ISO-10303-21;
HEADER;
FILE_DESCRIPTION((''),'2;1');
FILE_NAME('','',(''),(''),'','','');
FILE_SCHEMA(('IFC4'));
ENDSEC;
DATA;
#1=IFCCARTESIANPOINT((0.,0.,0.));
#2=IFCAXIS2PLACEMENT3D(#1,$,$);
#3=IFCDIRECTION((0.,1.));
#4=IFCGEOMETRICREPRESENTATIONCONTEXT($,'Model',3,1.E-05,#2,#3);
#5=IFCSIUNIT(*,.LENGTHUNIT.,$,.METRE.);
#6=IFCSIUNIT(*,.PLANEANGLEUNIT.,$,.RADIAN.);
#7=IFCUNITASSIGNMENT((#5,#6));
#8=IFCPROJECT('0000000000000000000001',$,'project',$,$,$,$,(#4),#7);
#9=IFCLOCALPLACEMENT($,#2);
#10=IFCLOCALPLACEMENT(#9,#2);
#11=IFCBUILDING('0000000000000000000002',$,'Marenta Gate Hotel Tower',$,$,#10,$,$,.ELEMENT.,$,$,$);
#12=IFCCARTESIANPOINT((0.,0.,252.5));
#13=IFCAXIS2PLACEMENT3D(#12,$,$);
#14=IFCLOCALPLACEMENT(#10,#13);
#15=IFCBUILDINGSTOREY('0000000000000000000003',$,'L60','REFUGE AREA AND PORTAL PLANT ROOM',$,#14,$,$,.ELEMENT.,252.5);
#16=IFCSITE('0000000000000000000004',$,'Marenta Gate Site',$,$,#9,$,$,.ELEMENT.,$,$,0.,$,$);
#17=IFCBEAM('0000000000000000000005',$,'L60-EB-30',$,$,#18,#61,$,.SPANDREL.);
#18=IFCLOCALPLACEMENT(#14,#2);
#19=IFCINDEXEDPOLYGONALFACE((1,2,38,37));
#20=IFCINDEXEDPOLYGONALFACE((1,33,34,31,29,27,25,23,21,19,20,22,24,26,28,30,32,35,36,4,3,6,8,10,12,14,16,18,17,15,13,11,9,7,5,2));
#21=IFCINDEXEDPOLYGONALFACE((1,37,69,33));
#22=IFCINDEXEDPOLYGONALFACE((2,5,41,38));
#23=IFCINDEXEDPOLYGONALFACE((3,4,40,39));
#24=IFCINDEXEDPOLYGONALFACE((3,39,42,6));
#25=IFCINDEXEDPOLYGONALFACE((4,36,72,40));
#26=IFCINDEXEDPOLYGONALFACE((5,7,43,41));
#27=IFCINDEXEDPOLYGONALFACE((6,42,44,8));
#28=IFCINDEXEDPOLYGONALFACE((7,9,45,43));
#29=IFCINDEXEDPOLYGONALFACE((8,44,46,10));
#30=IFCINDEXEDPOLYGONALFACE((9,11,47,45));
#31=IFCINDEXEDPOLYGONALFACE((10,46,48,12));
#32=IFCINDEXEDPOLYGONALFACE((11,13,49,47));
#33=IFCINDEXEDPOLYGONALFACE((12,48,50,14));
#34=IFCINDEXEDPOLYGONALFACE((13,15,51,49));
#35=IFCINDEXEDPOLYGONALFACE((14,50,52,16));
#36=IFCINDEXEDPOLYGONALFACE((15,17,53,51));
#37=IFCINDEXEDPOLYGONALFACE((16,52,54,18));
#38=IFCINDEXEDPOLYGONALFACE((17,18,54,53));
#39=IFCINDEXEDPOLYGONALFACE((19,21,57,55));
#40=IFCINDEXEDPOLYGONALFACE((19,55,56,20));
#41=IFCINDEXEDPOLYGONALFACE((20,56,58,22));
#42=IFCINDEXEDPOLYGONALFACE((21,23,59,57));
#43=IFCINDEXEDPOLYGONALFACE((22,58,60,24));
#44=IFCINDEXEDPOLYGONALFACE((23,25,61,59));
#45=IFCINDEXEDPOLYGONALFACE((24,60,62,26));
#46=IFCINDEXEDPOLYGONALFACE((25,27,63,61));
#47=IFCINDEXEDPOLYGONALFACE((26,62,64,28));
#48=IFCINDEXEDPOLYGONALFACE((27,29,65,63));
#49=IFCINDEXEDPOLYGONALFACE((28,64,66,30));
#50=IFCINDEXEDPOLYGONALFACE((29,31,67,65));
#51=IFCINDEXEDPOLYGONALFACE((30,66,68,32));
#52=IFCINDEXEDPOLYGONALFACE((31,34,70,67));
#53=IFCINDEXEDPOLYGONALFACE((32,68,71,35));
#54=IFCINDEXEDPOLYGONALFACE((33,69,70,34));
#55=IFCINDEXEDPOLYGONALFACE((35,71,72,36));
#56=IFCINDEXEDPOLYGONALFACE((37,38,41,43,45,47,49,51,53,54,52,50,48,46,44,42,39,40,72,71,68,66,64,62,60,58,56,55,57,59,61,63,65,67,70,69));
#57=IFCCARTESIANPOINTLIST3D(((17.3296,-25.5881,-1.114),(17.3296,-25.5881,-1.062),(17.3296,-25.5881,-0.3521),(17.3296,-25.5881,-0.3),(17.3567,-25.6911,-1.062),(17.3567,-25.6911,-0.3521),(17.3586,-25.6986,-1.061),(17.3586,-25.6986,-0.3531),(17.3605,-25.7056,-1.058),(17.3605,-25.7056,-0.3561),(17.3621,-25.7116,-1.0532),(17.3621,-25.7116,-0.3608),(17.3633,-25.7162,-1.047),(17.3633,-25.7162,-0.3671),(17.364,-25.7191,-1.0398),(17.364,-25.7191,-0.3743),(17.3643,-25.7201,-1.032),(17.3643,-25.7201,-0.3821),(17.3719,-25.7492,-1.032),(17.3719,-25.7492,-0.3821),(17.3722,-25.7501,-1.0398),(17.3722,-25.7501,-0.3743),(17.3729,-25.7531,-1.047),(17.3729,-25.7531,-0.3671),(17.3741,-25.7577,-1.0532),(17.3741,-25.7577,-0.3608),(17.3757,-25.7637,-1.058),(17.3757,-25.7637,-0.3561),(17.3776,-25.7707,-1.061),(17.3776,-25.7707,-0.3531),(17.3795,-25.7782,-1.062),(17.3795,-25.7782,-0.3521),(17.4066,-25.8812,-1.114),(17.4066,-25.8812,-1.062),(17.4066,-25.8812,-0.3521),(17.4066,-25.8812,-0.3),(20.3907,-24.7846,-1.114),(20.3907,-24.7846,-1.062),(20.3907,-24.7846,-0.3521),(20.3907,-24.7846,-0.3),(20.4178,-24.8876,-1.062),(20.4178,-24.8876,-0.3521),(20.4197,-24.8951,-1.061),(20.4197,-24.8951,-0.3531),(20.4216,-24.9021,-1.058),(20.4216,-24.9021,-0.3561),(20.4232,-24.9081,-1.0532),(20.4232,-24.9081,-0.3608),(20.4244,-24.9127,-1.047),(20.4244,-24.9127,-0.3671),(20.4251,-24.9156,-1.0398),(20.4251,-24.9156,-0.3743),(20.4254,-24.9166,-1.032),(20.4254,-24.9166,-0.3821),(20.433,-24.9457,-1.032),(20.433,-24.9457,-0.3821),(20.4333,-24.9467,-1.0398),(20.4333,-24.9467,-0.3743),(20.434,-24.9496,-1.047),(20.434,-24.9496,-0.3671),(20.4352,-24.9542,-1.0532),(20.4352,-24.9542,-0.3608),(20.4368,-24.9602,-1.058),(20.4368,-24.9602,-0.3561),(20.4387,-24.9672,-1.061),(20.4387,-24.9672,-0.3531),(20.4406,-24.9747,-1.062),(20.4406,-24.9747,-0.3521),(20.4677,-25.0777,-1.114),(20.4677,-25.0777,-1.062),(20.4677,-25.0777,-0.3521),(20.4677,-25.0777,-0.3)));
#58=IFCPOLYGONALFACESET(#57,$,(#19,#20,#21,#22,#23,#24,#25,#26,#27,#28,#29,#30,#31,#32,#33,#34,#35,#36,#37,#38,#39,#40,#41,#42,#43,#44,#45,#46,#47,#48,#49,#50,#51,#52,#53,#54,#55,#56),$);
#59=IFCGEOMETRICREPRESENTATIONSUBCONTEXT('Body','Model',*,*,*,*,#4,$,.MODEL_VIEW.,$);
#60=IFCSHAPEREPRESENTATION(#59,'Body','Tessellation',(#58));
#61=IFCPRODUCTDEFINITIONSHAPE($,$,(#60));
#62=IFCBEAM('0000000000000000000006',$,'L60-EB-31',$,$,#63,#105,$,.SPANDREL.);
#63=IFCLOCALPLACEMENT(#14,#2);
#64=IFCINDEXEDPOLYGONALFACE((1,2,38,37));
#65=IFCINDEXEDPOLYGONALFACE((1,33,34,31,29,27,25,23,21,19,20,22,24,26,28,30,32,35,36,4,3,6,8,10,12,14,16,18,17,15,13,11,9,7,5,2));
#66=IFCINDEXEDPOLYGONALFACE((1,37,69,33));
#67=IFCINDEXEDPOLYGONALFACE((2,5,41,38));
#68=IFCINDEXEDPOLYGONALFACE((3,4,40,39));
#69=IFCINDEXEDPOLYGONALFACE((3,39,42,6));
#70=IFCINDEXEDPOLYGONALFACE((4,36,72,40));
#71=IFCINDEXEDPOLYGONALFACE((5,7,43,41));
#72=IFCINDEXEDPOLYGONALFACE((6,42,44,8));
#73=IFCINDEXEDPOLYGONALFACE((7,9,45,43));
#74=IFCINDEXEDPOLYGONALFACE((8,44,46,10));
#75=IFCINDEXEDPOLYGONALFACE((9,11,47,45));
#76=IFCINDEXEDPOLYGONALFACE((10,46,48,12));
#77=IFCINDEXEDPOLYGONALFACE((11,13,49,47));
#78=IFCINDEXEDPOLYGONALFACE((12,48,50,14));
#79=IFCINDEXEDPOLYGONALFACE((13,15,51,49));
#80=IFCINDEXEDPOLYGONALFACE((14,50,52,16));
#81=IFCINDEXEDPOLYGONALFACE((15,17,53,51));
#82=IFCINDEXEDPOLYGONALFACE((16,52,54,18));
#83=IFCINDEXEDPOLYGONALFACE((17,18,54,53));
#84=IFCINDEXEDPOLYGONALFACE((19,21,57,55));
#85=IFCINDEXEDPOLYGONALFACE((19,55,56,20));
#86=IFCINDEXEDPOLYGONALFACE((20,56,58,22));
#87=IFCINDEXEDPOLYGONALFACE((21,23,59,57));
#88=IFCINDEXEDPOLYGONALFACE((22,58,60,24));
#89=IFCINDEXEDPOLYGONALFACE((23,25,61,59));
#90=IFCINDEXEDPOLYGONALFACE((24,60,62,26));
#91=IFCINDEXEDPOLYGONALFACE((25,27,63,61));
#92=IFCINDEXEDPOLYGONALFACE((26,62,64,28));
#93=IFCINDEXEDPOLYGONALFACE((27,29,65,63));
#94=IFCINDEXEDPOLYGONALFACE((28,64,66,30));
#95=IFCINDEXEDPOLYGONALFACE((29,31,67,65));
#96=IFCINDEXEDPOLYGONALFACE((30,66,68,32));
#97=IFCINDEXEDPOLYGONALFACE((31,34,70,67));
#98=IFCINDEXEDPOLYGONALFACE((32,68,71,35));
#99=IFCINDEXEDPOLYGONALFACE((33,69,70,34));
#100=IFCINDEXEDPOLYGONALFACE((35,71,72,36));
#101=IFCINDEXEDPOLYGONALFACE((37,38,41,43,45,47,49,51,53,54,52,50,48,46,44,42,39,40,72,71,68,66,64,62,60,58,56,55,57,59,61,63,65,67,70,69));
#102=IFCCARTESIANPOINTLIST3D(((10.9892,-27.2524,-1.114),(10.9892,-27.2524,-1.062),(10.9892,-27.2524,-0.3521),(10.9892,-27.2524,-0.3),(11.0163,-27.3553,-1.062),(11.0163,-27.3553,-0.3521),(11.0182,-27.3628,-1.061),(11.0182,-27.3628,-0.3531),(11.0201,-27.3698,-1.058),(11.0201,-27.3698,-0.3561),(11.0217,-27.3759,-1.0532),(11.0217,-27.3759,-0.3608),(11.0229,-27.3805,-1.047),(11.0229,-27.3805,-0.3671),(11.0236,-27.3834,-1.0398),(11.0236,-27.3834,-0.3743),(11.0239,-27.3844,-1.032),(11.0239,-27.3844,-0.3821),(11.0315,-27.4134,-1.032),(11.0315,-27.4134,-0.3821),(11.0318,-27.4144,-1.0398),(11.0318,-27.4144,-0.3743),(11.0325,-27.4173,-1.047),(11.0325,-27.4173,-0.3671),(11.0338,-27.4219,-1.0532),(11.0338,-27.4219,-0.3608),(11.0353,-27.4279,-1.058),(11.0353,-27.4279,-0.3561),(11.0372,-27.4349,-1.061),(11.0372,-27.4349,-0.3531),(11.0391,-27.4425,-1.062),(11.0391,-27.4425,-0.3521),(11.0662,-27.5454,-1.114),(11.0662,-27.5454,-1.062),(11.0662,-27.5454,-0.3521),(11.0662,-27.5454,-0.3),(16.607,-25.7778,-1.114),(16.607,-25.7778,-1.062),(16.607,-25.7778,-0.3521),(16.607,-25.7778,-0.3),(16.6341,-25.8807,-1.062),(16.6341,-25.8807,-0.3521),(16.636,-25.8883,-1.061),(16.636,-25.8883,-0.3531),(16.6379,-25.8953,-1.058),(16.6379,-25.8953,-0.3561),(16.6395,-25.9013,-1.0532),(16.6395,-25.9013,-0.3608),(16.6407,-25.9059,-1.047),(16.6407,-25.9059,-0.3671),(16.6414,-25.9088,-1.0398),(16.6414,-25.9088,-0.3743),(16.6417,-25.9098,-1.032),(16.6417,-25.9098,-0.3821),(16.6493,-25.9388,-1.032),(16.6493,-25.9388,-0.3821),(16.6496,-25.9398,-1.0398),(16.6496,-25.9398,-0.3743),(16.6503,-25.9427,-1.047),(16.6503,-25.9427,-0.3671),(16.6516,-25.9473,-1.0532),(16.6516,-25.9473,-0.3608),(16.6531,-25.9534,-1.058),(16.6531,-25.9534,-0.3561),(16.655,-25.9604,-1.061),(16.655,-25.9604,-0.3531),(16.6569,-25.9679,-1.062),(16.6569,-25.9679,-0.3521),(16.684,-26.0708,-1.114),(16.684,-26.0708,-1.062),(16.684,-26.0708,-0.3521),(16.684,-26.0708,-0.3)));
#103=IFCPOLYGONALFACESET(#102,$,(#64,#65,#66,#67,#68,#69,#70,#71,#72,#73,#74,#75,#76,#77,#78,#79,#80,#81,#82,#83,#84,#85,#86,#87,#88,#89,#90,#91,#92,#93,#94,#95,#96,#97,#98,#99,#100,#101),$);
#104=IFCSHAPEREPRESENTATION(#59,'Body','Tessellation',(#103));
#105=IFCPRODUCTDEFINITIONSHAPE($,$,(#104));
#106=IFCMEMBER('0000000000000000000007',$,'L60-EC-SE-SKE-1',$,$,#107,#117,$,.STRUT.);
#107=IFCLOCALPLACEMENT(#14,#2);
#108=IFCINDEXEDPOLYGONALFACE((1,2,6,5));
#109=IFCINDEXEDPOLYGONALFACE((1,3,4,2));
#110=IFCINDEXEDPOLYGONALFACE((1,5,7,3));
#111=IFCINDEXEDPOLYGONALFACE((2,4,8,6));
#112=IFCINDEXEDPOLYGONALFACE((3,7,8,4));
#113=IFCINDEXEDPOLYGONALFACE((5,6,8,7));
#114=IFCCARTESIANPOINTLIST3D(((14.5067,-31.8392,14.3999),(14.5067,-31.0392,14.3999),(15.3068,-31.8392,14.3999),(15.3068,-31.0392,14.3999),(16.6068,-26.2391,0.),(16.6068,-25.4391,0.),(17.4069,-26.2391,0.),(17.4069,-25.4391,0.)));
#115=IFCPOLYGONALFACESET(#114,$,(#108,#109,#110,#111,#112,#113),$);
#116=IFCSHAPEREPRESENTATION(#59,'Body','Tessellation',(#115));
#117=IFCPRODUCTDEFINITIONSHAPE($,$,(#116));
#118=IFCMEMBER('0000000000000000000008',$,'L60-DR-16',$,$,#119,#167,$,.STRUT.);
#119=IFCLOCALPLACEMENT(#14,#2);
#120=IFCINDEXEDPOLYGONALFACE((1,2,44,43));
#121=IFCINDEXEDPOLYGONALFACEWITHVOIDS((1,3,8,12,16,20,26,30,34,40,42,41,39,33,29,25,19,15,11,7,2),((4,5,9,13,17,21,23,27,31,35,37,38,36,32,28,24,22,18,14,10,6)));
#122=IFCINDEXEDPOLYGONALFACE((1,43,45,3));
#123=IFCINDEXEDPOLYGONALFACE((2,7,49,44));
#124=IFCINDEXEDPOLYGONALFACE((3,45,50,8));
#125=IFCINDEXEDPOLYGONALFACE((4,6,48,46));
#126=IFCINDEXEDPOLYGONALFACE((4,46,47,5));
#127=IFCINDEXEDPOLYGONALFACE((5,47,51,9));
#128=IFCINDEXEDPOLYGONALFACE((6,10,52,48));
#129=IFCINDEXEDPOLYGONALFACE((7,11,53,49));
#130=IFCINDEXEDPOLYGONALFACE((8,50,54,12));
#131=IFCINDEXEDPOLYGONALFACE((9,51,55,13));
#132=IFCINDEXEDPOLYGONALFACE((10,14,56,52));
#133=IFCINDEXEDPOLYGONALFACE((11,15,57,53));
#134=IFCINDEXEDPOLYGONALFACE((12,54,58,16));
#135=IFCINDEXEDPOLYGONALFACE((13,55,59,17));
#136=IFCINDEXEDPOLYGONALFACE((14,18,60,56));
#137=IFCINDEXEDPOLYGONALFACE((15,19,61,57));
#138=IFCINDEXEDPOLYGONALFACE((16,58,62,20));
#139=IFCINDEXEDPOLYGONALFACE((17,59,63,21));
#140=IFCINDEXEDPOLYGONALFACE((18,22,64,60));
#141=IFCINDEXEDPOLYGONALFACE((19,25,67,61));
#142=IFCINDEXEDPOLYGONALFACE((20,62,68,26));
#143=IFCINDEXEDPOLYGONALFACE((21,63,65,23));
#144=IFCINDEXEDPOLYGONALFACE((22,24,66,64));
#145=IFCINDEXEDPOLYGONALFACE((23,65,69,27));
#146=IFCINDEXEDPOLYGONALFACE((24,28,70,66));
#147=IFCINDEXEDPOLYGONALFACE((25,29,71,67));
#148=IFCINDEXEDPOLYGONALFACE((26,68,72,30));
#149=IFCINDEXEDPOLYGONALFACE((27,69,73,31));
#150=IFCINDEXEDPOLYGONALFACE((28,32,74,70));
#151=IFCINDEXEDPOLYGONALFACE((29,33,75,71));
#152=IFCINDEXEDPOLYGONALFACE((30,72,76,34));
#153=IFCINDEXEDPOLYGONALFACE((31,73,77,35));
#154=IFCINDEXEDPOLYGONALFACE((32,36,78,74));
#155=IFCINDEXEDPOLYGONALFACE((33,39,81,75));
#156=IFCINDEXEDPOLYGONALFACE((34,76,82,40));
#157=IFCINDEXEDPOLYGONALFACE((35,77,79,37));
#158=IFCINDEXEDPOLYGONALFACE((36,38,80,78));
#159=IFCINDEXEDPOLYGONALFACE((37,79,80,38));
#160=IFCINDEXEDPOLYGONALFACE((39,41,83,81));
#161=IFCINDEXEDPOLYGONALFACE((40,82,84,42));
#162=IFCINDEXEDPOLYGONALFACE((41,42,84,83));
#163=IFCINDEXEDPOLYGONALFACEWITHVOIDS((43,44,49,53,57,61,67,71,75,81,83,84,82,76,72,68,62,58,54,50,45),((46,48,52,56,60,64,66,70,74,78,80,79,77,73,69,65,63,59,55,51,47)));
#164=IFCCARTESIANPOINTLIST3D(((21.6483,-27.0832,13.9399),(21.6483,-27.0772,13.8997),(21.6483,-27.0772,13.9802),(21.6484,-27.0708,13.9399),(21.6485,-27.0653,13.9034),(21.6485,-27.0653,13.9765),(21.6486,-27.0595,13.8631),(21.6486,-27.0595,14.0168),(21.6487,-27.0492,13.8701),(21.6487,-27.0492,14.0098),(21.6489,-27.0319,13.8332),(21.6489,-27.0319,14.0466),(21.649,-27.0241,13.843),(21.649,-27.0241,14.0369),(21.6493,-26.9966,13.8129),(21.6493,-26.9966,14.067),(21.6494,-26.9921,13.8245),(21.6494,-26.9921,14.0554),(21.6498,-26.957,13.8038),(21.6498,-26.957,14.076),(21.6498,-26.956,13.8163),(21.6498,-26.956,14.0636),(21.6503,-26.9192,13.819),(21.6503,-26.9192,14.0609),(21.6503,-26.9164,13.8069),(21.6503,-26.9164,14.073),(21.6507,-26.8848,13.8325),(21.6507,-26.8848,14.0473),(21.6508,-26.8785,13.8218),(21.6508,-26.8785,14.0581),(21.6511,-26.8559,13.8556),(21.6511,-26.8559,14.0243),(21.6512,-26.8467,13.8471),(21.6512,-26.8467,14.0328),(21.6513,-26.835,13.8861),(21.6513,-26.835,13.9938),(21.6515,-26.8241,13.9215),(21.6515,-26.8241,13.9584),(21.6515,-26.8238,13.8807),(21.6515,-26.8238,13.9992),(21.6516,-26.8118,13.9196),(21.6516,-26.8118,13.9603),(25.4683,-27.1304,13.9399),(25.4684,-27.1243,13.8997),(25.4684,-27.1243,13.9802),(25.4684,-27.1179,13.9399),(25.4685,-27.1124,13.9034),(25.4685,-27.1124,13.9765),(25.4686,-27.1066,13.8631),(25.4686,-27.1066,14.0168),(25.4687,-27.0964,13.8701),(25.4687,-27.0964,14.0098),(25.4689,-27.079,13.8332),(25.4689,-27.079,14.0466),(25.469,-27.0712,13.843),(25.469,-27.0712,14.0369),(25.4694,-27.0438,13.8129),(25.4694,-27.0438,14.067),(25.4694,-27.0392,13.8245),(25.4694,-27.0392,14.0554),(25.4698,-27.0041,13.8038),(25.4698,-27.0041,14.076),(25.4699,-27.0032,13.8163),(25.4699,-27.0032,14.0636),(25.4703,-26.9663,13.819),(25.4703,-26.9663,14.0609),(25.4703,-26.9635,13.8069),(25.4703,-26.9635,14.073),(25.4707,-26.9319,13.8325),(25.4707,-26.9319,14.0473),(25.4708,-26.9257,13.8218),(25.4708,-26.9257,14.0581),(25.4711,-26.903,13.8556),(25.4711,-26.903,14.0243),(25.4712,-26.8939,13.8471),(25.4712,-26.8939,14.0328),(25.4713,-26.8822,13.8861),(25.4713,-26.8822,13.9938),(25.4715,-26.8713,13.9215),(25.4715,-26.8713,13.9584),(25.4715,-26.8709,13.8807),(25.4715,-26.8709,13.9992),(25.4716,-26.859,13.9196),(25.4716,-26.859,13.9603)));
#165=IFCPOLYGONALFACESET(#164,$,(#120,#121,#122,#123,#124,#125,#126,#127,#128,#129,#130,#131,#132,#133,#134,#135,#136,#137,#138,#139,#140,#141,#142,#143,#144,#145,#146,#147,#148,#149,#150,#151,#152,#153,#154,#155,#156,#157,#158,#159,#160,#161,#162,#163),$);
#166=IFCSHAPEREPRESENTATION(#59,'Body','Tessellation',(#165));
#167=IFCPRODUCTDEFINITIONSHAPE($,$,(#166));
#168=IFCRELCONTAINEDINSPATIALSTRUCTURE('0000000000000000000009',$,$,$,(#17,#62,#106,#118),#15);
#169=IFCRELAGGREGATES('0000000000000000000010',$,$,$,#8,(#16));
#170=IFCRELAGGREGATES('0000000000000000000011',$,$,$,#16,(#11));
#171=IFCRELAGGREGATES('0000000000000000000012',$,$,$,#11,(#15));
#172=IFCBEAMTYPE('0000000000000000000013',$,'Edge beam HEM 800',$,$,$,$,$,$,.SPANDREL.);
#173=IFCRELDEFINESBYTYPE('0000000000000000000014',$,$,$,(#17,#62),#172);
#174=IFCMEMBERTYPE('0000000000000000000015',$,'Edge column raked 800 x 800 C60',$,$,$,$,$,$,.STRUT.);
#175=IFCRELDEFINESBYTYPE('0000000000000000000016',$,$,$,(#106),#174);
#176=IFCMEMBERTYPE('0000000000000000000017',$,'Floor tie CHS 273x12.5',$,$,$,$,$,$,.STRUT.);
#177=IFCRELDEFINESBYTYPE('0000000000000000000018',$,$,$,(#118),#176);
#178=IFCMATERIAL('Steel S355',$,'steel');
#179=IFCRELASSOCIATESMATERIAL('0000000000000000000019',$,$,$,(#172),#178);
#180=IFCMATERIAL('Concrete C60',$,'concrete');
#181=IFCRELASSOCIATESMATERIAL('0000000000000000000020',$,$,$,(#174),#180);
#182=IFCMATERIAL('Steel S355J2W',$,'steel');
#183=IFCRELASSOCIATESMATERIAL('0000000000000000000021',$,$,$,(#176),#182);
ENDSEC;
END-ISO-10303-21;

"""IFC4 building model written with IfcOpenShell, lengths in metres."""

from ifc_helpers import new_model, si_unit, direction, frame, origin, origin_2d, place, context, subcontext, project, spatial, rectangle, hollow_circle, i_section, extrude, material, material_profile, profile_set, type_object, element, save


model = new_model("IFC4")

# Units and contexts
model_context = context("Model", 3, precision=1e-05, world=origin(), true_north=direction((0.0, 1.0)))
body_context = subcontext(model_context, "Body", "Model", "MODEL_VIEW")
ifc_project = project(units=[si_unit("LENGTHUNIT", "METRE"), si_unit("PLANEANGLEUNIT", "RADIAN")], contexts=[model_context])

# Site, building, storey
site_placement = place(None, origin())
site = spatial("IfcSite", under=ifc_project, at=site_placement, Name="Marenta Gate Site", CompositionType="ELEMENT", RefElevation=0.0)
building_placement = place(site_placement, origin())
building = spatial("IfcBuilding", under=site, at=building_placement, Name="Marenta Gate Hotel Tower", CompositionType="ELEMENT")
storey_placement = place(building_placement, frame((0.0, 0.0, 252.5)))
storey = spatial("IfcBuildingStorey", under=building, at=storey_placement, Name="L60", Description="REFUGE AREA AND PORTAL PLANT ROOM", CompositionType="ELEMENT", Elevation=252.5)

# Beams
ifc_material_1 = material(Name="Steel S355", Category="steel")
ifc_material_profile_1 = material_profile(ifc_material_1, i_section(OverallWidth=0.303, OverallDepth=0.814, WebThickness=0.03, FlangeThickness=0.052, FilletRadius=0.03, at=origin_2d()), Name="HEM 800")
ifc_profile_set_1 = profile_set([ifc_material_profile_1], Name="Steel S355")
beam_type_1 = type_object("IfcBeamType", Name="Edge beam HEM 800", PredefinedType="SPANDREL", material=ifc_profile_set_1)
beam_1_placement = place(storey_placement, frame((20.4292, -24.9312, -0.707), z_axis=(-0.967235, -0.253882, 0.0), x_axis=(0.253882, -0.967235, 0.0)))
element("IfcBeam", 1, at=beam_1_placement, inside=storey, type_object=beam_type_1, Name="L60-EB-30", PredefinedType="SPANDREL", context=body_context, shape_type="SweptSolid", body=[
    extrude(i_section(OverallWidth=0.303, OverallDepth=0.814, WebThickness=0.03, FlangeThickness=0.052, FilletRadius=0.03, at=origin_2d()), origin(), (0.0, 0.0, 1.0), 3.1648),
])
beam_2_placement = place(storey_placement, frame((16.6455, -25.9243, -0.707), z_axis=(-0.967235, -0.253883, 0.0), x_axis=(0.253883, -0.967235, 0.0)))
element("IfcBeam", 2, at=beam_2_placement, inside=storey, type_object=beam_type_1, Name="L60-EB-31", PredefinedType="SPANDREL", context=body_context, shape_type="SweptSolid", body=[
    extrude(i_section(OverallWidth=0.303, OverallDepth=0.814, WebThickness=0.03, FlangeThickness=0.052, FilletRadius=0.03, at=origin_2d()), origin(), (0.0, 0.0, 1.0), 5.8081),
])

# Members
ifc_material_2 = material(Name="Concrete C60", Category="concrete")
ifc_material_profile_2 = material_profile(ifc_material_2, rectangle(XDim=0.8, YDim=0.8, at=origin_2d()), Name="800 x 800")
ifc_profile_set_2 = profile_set([ifc_material_profile_2], Name="Concrete C60")
member_type_1 = type_object("IfcMemberType", Name="Edge column raked 800 x 800 C60", PredefinedType="STRUT", material=ifc_profile_set_2)
member_1_placement = place(storey_placement, frame((17.0068, -25.8391, 0.0), z_axis=(0.0, 0.0, 1.0), x_axis=(1.0, 0.0, 0.0)))
element("IfcMember", 3, at=member_1_placement, inside=storey, type_object=member_type_1, Name="L60-EC-SE-SKE-1", PredefinedType="STRUT", context=body_context, shape_type="SweptSolid", body=[
    extrude(rectangle(XDim=0.8, YDim=0.8, at=origin_2d()), origin(), (-0.134686, -0.359151, 0.92351), 15.5925),
])
ifc_material_3 = material(Name="Steel S355J2W", Category="steel")
ifc_material_profile_3 = material_profile(ifc_material_3, hollow_circle(Radius=0.1365, WallThickness=0.0125, at=origin_2d()), Name="CHS 273x12.5")
ifc_profile_set_3 = profile_set([ifc_material_profile_3], Name="Steel S355J2W")
member_type_2 = type_object("IfcMemberType", Name="Floor tie CHS 273x12.5", PredefinedType="STRUT", material=ifc_profile_set_3)
member_2_placement = place(storey_placement, frame((25.47, -26.9939, 13.9399), z_axis=(-0.999924, 0.012334, 0.0), x_axis=(-0.012334, -0.999924, 0.0)))
element("IfcMember", 4, at=member_2_placement, inside=storey, type_object=member_type_2, Name="L60-DR-16", PredefinedType="STRUT", context=body_context, shape_type="SweptSolid", body=[
    extrude(hollow_circle(Radius=0.1365, WallThickness=0.0125, at=origin_2d()), origin(), (0.0, 0.0, 1.0), 3.8203),
])

save(model, "model.ifc")
